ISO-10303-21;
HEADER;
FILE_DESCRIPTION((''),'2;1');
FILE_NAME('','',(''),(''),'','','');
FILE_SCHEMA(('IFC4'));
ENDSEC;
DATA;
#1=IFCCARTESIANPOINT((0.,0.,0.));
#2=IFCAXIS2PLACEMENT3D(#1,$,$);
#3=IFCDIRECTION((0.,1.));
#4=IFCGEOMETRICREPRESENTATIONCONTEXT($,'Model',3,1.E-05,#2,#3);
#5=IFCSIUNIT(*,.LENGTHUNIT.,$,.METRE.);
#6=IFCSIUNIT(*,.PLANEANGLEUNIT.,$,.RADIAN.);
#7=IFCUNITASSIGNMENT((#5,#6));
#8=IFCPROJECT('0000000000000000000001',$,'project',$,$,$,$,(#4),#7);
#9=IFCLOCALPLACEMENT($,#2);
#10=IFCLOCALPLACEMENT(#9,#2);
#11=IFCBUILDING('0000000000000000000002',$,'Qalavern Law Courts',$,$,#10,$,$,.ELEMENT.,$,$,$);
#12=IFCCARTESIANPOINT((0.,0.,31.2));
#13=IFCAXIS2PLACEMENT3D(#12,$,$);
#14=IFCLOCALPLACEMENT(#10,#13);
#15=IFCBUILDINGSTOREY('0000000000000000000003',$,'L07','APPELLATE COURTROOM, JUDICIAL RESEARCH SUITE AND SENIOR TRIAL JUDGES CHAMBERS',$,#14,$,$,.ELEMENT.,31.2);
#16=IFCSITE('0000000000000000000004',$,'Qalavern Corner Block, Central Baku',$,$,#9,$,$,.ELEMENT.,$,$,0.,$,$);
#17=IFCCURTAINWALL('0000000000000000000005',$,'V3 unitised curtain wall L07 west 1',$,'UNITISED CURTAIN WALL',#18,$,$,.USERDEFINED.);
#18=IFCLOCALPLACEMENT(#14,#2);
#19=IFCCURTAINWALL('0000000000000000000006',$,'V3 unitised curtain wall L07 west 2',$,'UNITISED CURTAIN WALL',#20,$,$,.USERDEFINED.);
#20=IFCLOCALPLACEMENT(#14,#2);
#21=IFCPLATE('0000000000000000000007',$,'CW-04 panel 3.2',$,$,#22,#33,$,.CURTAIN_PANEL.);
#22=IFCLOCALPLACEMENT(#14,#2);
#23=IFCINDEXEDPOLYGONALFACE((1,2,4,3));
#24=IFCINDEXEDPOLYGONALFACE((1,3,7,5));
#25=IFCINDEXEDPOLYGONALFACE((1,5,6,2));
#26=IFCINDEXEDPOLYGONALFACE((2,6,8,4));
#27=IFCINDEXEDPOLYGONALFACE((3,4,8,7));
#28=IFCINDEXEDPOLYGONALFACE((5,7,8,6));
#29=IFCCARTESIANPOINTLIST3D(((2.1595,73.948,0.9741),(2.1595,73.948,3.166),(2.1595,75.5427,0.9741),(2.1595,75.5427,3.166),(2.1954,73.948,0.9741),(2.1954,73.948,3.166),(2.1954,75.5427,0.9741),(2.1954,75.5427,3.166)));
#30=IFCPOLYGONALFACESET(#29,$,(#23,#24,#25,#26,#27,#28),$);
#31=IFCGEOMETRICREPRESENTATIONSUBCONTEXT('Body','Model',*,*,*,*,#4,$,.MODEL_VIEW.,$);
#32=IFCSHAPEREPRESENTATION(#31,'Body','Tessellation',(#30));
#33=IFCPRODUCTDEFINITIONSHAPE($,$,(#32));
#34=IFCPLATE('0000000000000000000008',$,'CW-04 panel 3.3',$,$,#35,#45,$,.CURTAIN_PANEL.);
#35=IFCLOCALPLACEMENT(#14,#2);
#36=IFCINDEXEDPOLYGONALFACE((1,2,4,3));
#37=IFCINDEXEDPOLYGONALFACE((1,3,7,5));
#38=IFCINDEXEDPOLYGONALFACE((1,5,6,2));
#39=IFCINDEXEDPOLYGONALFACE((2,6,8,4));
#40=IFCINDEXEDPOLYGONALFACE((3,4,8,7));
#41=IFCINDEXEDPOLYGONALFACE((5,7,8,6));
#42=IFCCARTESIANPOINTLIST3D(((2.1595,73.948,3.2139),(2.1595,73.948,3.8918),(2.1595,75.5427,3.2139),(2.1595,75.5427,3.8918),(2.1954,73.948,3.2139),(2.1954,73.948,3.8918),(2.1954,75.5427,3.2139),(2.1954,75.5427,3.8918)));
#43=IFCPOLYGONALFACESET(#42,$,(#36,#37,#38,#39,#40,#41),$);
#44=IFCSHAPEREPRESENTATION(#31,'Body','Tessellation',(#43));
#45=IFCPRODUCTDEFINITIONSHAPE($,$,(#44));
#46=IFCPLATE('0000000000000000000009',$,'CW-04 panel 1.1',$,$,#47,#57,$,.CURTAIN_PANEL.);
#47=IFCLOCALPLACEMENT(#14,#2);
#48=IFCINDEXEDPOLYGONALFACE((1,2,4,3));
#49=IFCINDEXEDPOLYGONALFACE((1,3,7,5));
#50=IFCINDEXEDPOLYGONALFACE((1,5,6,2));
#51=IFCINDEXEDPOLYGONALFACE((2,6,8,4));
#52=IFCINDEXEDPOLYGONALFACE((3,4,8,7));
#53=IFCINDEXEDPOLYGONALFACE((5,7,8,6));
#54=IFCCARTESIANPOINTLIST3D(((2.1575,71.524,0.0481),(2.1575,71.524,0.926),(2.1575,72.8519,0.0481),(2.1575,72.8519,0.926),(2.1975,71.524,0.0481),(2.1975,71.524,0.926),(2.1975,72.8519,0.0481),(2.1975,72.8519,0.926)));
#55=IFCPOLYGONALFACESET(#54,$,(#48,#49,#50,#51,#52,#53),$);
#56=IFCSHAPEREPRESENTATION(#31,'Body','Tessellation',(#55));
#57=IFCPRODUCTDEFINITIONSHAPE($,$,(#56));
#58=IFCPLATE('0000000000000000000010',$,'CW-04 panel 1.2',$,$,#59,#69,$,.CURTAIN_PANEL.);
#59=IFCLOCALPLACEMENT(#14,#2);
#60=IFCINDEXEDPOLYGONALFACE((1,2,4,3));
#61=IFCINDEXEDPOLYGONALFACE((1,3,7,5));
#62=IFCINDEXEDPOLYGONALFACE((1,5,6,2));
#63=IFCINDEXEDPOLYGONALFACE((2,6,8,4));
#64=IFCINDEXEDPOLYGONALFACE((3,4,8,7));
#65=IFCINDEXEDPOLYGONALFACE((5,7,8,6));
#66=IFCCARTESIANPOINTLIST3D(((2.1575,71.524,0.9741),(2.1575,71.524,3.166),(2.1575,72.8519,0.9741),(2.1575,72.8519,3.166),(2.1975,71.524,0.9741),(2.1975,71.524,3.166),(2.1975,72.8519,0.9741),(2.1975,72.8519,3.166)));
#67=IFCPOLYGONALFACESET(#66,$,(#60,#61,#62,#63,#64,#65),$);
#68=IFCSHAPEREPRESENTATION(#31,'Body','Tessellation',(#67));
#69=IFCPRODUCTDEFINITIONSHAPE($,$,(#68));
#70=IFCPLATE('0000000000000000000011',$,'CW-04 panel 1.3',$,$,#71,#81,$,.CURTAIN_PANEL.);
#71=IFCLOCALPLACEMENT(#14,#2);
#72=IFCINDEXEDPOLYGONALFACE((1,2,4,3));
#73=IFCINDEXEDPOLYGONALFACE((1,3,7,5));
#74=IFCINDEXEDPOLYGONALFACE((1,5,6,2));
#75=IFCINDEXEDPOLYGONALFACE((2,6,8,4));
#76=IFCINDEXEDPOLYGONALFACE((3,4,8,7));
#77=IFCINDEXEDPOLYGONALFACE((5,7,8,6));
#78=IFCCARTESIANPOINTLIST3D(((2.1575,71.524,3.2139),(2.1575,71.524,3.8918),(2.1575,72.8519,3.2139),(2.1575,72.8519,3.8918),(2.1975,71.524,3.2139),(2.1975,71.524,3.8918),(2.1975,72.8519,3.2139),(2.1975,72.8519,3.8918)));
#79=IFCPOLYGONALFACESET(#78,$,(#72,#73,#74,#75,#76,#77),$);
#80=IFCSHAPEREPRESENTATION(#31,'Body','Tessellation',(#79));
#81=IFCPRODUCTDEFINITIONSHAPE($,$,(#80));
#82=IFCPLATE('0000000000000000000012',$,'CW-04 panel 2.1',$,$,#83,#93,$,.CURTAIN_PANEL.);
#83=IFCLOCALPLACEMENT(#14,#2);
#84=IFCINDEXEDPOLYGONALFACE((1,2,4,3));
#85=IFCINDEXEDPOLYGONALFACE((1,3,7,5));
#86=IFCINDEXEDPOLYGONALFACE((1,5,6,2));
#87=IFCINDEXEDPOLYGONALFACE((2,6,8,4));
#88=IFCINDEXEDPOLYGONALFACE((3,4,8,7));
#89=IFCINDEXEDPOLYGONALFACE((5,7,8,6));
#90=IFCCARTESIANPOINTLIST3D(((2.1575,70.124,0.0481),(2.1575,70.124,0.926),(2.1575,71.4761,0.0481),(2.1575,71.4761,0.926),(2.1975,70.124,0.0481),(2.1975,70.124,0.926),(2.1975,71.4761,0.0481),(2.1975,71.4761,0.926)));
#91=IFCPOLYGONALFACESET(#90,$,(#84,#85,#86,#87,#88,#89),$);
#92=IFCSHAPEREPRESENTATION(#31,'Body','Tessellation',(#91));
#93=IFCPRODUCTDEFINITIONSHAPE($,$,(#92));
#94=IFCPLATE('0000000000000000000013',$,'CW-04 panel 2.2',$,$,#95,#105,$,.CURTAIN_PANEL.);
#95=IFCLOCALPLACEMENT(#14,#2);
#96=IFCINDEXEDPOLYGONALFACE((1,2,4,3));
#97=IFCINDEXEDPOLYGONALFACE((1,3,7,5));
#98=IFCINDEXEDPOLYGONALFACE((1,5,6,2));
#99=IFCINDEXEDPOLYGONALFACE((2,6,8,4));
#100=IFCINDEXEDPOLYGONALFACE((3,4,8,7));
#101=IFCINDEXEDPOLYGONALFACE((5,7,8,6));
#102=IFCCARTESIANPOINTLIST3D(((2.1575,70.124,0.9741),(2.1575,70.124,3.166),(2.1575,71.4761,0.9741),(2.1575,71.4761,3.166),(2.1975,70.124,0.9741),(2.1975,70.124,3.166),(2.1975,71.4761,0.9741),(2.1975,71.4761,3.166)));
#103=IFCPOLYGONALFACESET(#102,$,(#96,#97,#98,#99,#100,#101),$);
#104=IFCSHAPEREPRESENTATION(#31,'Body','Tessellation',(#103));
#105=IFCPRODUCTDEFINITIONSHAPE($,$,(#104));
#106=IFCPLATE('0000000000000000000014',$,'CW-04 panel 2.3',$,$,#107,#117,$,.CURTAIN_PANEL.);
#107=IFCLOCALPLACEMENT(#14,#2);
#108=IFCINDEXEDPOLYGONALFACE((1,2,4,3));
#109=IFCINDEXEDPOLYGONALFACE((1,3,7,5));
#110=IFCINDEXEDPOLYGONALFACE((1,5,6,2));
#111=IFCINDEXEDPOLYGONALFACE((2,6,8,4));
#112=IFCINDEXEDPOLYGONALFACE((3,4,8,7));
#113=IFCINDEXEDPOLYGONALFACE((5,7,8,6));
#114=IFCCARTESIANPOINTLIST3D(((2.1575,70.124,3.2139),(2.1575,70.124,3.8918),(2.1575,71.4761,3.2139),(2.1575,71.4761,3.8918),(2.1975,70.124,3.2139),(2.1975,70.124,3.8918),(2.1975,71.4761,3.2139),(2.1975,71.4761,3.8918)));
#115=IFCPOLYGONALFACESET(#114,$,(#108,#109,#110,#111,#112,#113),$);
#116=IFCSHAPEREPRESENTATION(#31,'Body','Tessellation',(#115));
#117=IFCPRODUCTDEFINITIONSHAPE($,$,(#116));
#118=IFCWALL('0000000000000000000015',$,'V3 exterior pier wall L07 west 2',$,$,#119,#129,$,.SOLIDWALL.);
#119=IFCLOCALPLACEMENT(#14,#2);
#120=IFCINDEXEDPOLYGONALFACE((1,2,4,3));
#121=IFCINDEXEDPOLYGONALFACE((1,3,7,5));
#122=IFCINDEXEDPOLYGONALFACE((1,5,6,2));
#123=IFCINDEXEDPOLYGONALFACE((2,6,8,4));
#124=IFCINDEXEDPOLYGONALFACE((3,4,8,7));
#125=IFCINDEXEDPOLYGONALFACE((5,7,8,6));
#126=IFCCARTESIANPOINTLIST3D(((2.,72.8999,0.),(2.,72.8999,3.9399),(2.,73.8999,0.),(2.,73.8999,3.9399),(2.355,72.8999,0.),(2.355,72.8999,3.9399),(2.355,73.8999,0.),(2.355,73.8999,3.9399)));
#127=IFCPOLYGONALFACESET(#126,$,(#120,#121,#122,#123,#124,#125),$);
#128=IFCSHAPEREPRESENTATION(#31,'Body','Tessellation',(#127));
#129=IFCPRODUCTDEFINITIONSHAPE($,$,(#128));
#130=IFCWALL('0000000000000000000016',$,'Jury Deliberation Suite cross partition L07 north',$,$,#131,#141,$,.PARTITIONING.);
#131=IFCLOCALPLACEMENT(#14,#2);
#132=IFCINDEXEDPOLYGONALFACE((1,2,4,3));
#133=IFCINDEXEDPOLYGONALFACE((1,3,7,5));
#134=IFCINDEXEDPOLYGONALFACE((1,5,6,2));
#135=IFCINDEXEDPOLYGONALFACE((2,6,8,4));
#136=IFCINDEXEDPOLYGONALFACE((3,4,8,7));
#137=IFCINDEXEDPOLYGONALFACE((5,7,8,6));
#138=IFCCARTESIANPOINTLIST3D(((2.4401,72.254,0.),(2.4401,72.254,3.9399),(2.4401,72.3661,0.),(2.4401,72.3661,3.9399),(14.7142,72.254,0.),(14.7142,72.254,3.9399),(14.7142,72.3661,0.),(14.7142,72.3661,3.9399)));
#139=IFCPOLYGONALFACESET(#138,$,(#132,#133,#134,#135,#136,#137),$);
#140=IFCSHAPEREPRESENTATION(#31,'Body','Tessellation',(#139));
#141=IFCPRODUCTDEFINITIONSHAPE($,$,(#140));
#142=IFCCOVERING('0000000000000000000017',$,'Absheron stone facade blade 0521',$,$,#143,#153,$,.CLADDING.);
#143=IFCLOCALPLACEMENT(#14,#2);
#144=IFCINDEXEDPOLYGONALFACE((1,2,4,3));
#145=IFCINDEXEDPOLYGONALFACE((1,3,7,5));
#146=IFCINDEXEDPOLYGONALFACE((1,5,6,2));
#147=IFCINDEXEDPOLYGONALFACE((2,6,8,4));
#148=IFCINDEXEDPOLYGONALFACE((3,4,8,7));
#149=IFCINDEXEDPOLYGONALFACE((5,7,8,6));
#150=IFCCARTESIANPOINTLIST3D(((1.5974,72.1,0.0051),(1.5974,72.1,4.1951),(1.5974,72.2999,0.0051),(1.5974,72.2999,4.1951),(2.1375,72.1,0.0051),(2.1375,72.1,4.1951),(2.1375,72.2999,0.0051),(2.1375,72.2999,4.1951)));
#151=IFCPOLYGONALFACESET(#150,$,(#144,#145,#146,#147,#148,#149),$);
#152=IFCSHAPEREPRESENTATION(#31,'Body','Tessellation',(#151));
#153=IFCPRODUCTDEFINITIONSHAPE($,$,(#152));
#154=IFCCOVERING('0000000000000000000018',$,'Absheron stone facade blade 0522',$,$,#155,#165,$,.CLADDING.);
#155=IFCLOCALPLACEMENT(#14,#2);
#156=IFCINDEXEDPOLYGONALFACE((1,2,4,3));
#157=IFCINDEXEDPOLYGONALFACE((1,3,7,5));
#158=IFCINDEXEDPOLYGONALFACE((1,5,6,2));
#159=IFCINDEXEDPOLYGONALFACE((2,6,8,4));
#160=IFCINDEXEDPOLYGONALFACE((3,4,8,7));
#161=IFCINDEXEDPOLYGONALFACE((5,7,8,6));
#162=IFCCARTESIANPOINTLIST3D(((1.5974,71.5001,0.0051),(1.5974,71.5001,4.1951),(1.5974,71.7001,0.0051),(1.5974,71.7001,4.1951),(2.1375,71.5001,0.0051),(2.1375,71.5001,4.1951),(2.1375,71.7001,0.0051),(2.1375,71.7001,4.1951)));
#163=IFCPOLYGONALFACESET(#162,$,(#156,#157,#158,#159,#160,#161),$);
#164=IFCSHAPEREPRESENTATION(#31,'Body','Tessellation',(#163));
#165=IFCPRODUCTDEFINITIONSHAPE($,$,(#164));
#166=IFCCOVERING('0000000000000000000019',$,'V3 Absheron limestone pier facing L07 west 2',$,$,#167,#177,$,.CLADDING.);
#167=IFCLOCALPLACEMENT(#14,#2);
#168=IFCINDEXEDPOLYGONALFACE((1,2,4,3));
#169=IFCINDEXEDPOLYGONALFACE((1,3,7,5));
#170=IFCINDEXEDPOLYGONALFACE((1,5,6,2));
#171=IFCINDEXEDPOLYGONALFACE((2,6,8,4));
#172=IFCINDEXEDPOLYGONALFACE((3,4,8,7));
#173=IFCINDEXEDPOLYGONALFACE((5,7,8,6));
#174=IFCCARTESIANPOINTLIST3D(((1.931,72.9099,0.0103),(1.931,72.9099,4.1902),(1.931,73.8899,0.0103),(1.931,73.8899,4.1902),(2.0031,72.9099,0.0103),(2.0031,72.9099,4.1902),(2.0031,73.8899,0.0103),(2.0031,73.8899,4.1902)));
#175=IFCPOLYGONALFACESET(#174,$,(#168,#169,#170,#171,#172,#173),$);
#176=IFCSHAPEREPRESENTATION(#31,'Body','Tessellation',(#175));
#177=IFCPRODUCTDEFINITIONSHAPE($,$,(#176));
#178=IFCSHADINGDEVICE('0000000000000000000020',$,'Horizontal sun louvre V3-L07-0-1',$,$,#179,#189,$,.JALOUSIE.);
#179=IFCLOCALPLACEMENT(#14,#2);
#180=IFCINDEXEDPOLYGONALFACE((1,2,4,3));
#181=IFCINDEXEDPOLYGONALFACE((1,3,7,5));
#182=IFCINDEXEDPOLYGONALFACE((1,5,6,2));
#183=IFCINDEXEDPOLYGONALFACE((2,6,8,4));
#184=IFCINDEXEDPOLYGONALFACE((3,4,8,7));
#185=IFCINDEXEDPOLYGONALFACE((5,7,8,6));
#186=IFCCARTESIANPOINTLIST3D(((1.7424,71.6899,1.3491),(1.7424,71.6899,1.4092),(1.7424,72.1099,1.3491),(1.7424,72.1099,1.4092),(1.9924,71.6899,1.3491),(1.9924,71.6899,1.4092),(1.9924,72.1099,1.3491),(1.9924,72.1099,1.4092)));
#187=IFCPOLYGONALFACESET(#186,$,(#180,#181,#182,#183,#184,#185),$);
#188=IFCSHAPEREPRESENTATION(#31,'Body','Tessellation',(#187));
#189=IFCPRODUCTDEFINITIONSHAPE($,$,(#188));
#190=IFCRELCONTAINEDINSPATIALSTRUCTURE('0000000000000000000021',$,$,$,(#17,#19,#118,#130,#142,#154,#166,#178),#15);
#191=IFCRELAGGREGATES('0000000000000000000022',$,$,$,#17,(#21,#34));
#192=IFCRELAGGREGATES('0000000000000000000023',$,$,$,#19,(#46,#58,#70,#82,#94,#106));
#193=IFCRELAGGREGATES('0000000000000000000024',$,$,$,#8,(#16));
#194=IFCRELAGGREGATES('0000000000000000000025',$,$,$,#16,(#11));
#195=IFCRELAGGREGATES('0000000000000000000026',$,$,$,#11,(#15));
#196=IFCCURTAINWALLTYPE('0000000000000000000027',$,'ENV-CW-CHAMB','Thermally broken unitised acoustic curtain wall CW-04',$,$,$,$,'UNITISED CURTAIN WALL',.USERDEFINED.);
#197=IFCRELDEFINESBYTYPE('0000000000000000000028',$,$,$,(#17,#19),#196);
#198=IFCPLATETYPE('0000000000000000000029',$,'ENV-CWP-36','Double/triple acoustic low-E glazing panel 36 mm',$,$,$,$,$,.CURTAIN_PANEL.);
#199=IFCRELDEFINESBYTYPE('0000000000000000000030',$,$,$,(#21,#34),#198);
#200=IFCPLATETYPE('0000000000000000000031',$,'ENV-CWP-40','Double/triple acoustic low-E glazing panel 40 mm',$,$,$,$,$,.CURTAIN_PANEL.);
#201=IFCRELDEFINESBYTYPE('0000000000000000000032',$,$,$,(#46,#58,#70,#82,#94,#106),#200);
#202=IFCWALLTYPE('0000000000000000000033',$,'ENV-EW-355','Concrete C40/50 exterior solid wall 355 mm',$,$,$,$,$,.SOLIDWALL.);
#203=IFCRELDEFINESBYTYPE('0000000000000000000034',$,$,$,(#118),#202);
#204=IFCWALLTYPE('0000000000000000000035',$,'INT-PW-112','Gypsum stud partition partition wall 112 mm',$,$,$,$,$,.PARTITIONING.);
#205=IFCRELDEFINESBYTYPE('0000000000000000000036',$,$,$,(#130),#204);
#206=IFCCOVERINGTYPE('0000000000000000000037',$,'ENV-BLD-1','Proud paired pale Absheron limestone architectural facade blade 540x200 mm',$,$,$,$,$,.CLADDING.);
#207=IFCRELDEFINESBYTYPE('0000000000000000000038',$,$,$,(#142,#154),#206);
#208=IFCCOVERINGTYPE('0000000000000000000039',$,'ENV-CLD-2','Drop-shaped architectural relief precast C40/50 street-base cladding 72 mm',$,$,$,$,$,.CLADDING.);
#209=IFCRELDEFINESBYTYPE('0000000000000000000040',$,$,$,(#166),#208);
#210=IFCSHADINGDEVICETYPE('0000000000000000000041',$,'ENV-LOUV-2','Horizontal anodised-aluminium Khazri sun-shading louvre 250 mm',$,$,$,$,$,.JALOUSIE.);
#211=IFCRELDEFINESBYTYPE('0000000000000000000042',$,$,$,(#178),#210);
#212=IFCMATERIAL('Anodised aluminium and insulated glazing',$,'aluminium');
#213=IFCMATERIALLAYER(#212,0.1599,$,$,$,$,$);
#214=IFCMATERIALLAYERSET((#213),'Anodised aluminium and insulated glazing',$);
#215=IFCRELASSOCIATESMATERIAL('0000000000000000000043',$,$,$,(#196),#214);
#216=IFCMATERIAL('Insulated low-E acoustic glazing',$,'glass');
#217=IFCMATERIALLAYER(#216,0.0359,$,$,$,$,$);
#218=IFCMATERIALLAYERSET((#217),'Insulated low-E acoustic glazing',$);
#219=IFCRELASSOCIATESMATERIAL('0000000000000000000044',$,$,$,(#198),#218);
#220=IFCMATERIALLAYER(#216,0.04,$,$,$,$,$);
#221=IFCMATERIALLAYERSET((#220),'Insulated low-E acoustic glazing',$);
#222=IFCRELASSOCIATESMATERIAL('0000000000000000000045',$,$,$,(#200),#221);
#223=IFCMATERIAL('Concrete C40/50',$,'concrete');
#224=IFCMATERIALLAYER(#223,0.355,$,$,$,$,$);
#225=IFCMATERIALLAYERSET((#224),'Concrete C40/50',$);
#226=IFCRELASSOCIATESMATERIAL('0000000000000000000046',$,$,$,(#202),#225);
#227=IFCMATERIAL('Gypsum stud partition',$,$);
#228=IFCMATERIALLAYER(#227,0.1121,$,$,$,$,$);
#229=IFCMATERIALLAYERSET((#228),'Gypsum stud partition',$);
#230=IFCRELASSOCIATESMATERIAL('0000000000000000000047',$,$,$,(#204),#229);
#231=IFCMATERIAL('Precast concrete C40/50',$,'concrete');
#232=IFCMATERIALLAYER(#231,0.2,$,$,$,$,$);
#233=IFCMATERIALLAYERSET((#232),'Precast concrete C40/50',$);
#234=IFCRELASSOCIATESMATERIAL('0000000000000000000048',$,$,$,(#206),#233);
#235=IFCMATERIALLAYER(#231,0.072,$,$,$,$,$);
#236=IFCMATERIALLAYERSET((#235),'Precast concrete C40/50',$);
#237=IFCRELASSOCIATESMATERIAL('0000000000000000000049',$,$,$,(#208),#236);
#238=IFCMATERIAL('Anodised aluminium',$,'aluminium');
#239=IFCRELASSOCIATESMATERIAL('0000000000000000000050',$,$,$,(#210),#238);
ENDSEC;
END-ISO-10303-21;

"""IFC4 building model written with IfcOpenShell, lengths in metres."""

from ifc_helpers import new_model, si_unit, direction, frame, frame_2d, origin, origin_2d, place, context, subcontext, project, spatial, rectangle, extrude, material, layer, layer_set, type_object, element, aggregate, save


model = new_model("IFC4")

# Units and contexts
model_context = context("Model", 3, precision=1e-05, world=origin(), true_north=direction((0.0, 1.0)))
body_context = subcontext(model_context, "Body", "Model", "MODEL_VIEW")
ifc_project = project(units=[si_unit("LENGTHUNIT", "METRE"), si_unit("PLANEANGLEUNIT", "RADIAN")], contexts=[model_context])

# Site, building, storey
site_placement = place(None, origin())
site = spatial("IfcSite", under=ifc_project, at=site_placement, Name="Qalavern Corner Block, Central Baku", CompositionType="ELEMENT", RefElevation=0.0)
building_placement = place(site_placement, origin())
building = spatial("IfcBuilding", under=site, at=building_placement, Name="Qalavern Law Courts", CompositionType="ELEMENT")
storey_placement = place(building_placement, frame((0.0, 0.0, 31.2)))
storey = spatial("IfcBuildingStorey", under=building, at=storey_placement, Name="L07", Description="APPELLATE COURTROOM, JUDICIAL RESEARCH SUITE AND SENIOR TRIAL JUDGES CHAMBERS", CompositionType="ELEMENT", Elevation=31.2)

# Curtain wall
ifc_material_1 = material(Name="Anodised aluminium and insulated glazing", Category="aluminium")
ifc_layer_1 = layer(ifc_material_1, 0.1599)
ifc_layer_set_1 = layer_set([ifc_layer_1], Name="Anodised aluminium and insulated glazing")
curtain_wall_type = type_object("IfcCurtainWallType", Name="ENV-CW-CHAMB", Description="Thermally broken unitised acoustic curtain wall CW-04", ElementType="UNITISED CURTAIN WALL", PredefinedType="USERDEFINED", material=ifc_layer_set_1)
curtain_wall_1_placement = place(storey_placement, origin())
curtain_wall_1 = element("IfcCurtainWall", 1, at=curtain_wall_1_placement, inside=storey, type_object=curtain_wall_type, Name="V3 unitised curtain wall L07 west 1", ObjectType="UNITISED CURTAIN WALL", PredefinedType="USERDEFINED")
ifc_material_2 = material(Name="Anodised aluminium", Category="aluminium")

# Curtain wall
curtain_wall_2_placement = place(storey_placement, origin())
curtain_wall_2 = element("IfcCurtainWall", 2, at=curtain_wall_2_placement, inside=storey, type_object=curtain_wall_type, Name="V3 unitised curtain wall L07 west 2", ObjectType="UNITISED CURTAIN WALL", PredefinedType="USERDEFINED")

# Shared definitions
ifc_material_3 = material(Name="Concrete C40/50", Category="concrete")

# Plates
ifc_material_4 = material(Name="Insulated low-E acoustic glazing", Category="glass")
ifc_layer_2 = layer(ifc_material_4, 0.0359)
ifc_layer_set_2 = layer_set([ifc_layer_2], Name="Insulated low-E acoustic glazing")
plate_type_1 = type_object("IfcPlateType", Name="ENV-CWP-36", Description="Double/triple acoustic low-E glazing panel 36 mm", PredefinedType="CURTAIN_PANEL", material=ifc_layer_set_2)
plate_1_placement = place(storey_placement, frame((2.1775, 74.7454, 0.9741), z_axis=(0.0, 0.0, 1.0), x_axis=(0.0, -1.0, 0.0)))
plate_1 = element("IfcPlate", 3, at=plate_1_placement, type_object=plate_type_1, Name="CW-04 panel 3.2", PredefinedType="CURTAIN_PANEL", context=body_context, shape_type="SweptSolid", body=[
    extrude(rectangle(XDim=1.5947, YDim=0.0359, at=origin_2d()), origin(), (0.0, 0.0, 1.0), 2.1919),
])
plate_2_placement = place(storey_placement, frame((2.1775, 74.7454, 3.2139), z_axis=(0.0, 0.0, 1.0), x_axis=(0.0, -1.0, 0.0)))
plate_2 = element("IfcPlate", 4, at=plate_2_placement, type_object=plate_type_1, Name="CW-04 panel 3.3", PredefinedType="CURTAIN_PANEL", context=body_context, shape_type="SweptSolid", body=[
    extrude(rectangle(XDim=1.5947, YDim=0.0359, at=origin_2d()), origin(), (0.0, 0.0, 1.0), 0.678),
])
aggregate(curtain_wall_1, [plate_1, plate_2])
ifc_layer_3 = layer(ifc_material_4, 0.04)
ifc_layer_set_3 = layer_set([ifc_layer_3], Name="Insulated low-E acoustic glazing")
plate_type_2 = type_object("IfcPlateType", Name="ENV-CWP-40", Description="Double/triple acoustic low-E glazing panel 40 mm", PredefinedType="CURTAIN_PANEL", material=ifc_layer_set_3)
plate_3_placement = place(storey_placement, frame((2.1775, 72.188, 0.0481), z_axis=(0.0, 0.0, 1.0), x_axis=(0.0, -1.0, 0.0)))
plate_3 = element("IfcPlate", 5, at=plate_3_placement, type_object=plate_type_2, Name="CW-04 panel 1.1", PredefinedType="CURTAIN_PANEL", context=body_context, shape_type="SweptSolid", body=[
    extrude(rectangle(XDim=1.3279, YDim=0.04, at=origin_2d()), origin(), (0.0, 0.0, 1.0), 0.8779),
])
plate_4_placement = place(storey_placement, frame((2.1775, 72.188, 0.9741), z_axis=(0.0, 0.0, 1.0), x_axis=(0.0, -1.0, 0.0)))
plate_4 = element("IfcPlate", 6, at=plate_4_placement, type_object=plate_type_2, Name="CW-04 panel 1.2", PredefinedType="CURTAIN_PANEL", context=body_context, shape_type="SweptSolid", body=[
    extrude(rectangle(XDim=1.3279, YDim=0.04, at=origin_2d()), origin(), (0.0, 0.0, 1.0), 2.1919),
])
plate_5_placement = place(storey_placement, frame((2.1775, 72.188, 3.2139), z_axis=(0.0, 0.0, 1.0), x_axis=(0.0, -1.0, 0.0)))
plate_5 = element("IfcPlate", 7, at=plate_5_placement, type_object=plate_type_2, Name="CW-04 panel 1.3", PredefinedType="CURTAIN_PANEL", context=body_context, shape_type="SweptSolid", body=[
    extrude(rectangle(XDim=1.3279, YDim=0.04, at=origin_2d()), origin(), (0.0, 0.0, 1.0), 0.678),
])
plate_6_placement = place(storey_placement, frame((2.1775, 70.8, 0.0481), z_axis=(0.0, 0.0, 1.0), x_axis=(0.0, -1.0, 0.0)))
plate_6 = element("IfcPlate", 8, at=plate_6_placement, type_object=plate_type_2, Name="CW-04 panel 2.1", PredefinedType="CURTAIN_PANEL", context=body_context, shape_type="SweptSolid", body=[
    extrude(rectangle(XDim=1.3521, YDim=0.04, at=origin_2d()), origin(), (0.0, 0.0, 1.0), 0.8779),
])
plate_7_placement = place(storey_placement, frame((2.1775, 70.8, 0.9741), z_axis=(0.0, 0.0, 1.0), x_axis=(0.0, -1.0, 0.0)))
plate_7 = element("IfcPlate", 9, at=plate_7_placement, type_object=plate_type_2, Name="CW-04 panel 2.2", PredefinedType="CURTAIN_PANEL", context=body_context, shape_type="SweptSolid", body=[
    extrude(rectangle(XDim=1.3521, YDim=0.04, at=origin_2d()), origin(), (0.0, 0.0, 1.0), 2.1919),
])
plate_8_placement = place(storey_placement, frame((2.1775, 70.8, 3.2139), z_axis=(0.0, 0.0, 1.0), x_axis=(0.0, -1.0, 0.0)))
plate_8 = element("IfcPlate", 10, at=plate_8_placement, type_object=plate_type_2, Name="CW-04 panel 2.3", PredefinedType="CURTAIN_PANEL", context=body_context, shape_type="SweptSolid", body=[
    extrude(rectangle(XDim=1.3521, YDim=0.04, at=origin_2d()), origin(), (0.0, 0.0, 1.0), 0.678),
])
aggregate(curtain_wall_2, [plate_3, plate_4, plate_5, plate_6, plate_7, plate_8])

# Walls
ifc_layer_4 = layer(ifc_material_3, 0.355)
ifc_layer_set_4 = layer_set([ifc_layer_4], Name="Concrete C40/50")
wall_type_1 = type_object("IfcWallType", Name="ENV-EW-355", Description="Concrete C40/50 exterior solid wall 355 mm", PredefinedType="SOLIDWALL", material=ifc_layer_set_4)
wall_1_placement = place(storey_placement, frame((2.1775, 73.8999, 0.0), z_axis=(0.0, 0.0, 1.0), x_axis=(0.0, -1.0, 0.0)))
element("IfcWall", 11, at=wall_1_placement, inside=storey, type_object=wall_type_1, Name="V3 exterior pier wall L07 west 2", PredefinedType="SOLIDWALL", context=body_context, shape_type="SweptSolid", body=[
    extrude(rectangle(XDim=1.0, YDim=0.355, at=frame_2d((0.5, 0.0))), origin(), (0.0, 0.0, 1.0), 3.9399),
])
ifc_material_5 = material(Name="Gypsum stud partition")
ifc_layer_5 = layer(ifc_material_5, 0.1121)
ifc_layer_set_5 = layer_set([ifc_layer_5], Name="Gypsum stud partition")
wall_type_2 = type_object("IfcWallType", Name="INT-PW-112", Description="Gypsum stud partition partition wall 112 mm", PredefinedType="PARTITIONING", material=ifc_layer_set_5)
wall_2_placement = place(storey_placement, frame((2.4399, 72.3101, 0.0), z_axis=(0.0, 0.0, 1.0), x_axis=(1.0, 0.0, 0.0)))
element("IfcWall", 12, at=wall_2_placement, inside=storey, type_object=wall_type_2, Name="Jury Deliberation Suite cross partition L07 north", PredefinedType="PARTITIONING", context=body_context, shape_type="SweptSolid", body=[
    extrude(rectangle(XDim=12.2742, YDim=0.1121, at=frame_2d((6.1372, 0.0))), origin(), (0.0, 0.0, 1.0), 3.9399),
])

# Coverings
ifc_material_6 = material(Name="Precast concrete C40/50", Category="concrete")
ifc_layer_6 = layer(ifc_material_6, 0.2)
ifc_layer_set_6 = layer_set([ifc_layer_6], Name="Precast concrete C40/50")
covering_type_1 = type_object("IfcCoveringType", Name="ENV-BLD-1", Description="Proud paired pale Absheron limestone architectural facade blade 540x200 mm", PredefinedType="CLADDING", material=ifc_layer_set_6)
for number, where, z_axis, x_axis, name in (
    (13, (1.8674, 72.2, 0.0051), (0.0, 0.0, 1.0), (-1.0, 0.0, 0.0), "Absheron stone facade blade 0521"),
    (14, (1.8674, 71.6001, 0.0051), (0.0, 0.0, 1.0), (-1.0, 0.0, 0.0), "Absheron stone facade blade 0522"),
):
    element("IfcCovering", number, at=place(storey_placement, frame(where, z_axis=z_axis, x_axis=x_axis)), inside=storey, type_object=covering_type_1, Name=name, PredefinedType="CLADDING", context=body_context, shape_type="SweptSolid", body=[
        extrude(rectangle(XDim=0.54, YDim=0.2, at=origin_2d()), origin(), (0.0, 0.0, 1.0), 4.1899),
    ])
ifc_layer_7 = layer(ifc_material_6, 0.072)
ifc_layer_set_7 = layer_set([ifc_layer_7], Name="Precast concrete C40/50")
covering_type_2 = type_object("IfcCoveringType", Name="ENV-CLD-2", Description="Drop-shaped architectural relief precast C40/50 street-base cladding 72 mm", PredefinedType="CLADDING", material=ifc_layer_set_7)
covering_placement = place(storey_placement, frame((1.967, 73.3999, 0.0103), z_axis=(0.0, 0.0, 1.0), x_axis=(0.0, -1.0, 0.0)))
element("IfcCovering", 15, at=covering_placement, inside=storey, type_object=covering_type_2, Name="V3 Absheron limestone pier facing L07 west 2", PredefinedType="CLADDING", context=body_context, shape_type="SweptSolid", body=[
    extrude(rectangle(XDim=0.98, YDim=0.072, at=origin_2d()), origin(), (0.0, 0.0, 1.0), 4.1799),
])

# Shading device
shading_device_type = type_object("IfcShadingDeviceType", Name="ENV-LOUV-2", Description="Horizontal anodised-aluminium Khazri sun-shading louvre 250 mm", PredefinedType="JALOUSIE", material=ifc_material_2)
for number, where, z_axis, x_axis, name in (
    (16, (1.8674, 71.8999, 1.3491), (0.0, 0.0, 1.0), (0.0, -1.0, 0.0), "Horizontal sun louvre V3-L07-0-1"),
):
    element("IfcShadingDevice", number, at=place(storey_placement, frame(where, z_axis=z_axis, x_axis=x_axis)), inside=storey, type_object=shading_device_type, Name=name, PredefinedType="JALOUSIE", context=body_context, shape_type="SweptSolid", body=[
        extrude(rectangle(XDim=0.4199, YDim=0.25, at=origin_2d()), origin(), (0.0, 0.0, 1.0), 0.0601),
    ])

save(model, "model.ifc")
